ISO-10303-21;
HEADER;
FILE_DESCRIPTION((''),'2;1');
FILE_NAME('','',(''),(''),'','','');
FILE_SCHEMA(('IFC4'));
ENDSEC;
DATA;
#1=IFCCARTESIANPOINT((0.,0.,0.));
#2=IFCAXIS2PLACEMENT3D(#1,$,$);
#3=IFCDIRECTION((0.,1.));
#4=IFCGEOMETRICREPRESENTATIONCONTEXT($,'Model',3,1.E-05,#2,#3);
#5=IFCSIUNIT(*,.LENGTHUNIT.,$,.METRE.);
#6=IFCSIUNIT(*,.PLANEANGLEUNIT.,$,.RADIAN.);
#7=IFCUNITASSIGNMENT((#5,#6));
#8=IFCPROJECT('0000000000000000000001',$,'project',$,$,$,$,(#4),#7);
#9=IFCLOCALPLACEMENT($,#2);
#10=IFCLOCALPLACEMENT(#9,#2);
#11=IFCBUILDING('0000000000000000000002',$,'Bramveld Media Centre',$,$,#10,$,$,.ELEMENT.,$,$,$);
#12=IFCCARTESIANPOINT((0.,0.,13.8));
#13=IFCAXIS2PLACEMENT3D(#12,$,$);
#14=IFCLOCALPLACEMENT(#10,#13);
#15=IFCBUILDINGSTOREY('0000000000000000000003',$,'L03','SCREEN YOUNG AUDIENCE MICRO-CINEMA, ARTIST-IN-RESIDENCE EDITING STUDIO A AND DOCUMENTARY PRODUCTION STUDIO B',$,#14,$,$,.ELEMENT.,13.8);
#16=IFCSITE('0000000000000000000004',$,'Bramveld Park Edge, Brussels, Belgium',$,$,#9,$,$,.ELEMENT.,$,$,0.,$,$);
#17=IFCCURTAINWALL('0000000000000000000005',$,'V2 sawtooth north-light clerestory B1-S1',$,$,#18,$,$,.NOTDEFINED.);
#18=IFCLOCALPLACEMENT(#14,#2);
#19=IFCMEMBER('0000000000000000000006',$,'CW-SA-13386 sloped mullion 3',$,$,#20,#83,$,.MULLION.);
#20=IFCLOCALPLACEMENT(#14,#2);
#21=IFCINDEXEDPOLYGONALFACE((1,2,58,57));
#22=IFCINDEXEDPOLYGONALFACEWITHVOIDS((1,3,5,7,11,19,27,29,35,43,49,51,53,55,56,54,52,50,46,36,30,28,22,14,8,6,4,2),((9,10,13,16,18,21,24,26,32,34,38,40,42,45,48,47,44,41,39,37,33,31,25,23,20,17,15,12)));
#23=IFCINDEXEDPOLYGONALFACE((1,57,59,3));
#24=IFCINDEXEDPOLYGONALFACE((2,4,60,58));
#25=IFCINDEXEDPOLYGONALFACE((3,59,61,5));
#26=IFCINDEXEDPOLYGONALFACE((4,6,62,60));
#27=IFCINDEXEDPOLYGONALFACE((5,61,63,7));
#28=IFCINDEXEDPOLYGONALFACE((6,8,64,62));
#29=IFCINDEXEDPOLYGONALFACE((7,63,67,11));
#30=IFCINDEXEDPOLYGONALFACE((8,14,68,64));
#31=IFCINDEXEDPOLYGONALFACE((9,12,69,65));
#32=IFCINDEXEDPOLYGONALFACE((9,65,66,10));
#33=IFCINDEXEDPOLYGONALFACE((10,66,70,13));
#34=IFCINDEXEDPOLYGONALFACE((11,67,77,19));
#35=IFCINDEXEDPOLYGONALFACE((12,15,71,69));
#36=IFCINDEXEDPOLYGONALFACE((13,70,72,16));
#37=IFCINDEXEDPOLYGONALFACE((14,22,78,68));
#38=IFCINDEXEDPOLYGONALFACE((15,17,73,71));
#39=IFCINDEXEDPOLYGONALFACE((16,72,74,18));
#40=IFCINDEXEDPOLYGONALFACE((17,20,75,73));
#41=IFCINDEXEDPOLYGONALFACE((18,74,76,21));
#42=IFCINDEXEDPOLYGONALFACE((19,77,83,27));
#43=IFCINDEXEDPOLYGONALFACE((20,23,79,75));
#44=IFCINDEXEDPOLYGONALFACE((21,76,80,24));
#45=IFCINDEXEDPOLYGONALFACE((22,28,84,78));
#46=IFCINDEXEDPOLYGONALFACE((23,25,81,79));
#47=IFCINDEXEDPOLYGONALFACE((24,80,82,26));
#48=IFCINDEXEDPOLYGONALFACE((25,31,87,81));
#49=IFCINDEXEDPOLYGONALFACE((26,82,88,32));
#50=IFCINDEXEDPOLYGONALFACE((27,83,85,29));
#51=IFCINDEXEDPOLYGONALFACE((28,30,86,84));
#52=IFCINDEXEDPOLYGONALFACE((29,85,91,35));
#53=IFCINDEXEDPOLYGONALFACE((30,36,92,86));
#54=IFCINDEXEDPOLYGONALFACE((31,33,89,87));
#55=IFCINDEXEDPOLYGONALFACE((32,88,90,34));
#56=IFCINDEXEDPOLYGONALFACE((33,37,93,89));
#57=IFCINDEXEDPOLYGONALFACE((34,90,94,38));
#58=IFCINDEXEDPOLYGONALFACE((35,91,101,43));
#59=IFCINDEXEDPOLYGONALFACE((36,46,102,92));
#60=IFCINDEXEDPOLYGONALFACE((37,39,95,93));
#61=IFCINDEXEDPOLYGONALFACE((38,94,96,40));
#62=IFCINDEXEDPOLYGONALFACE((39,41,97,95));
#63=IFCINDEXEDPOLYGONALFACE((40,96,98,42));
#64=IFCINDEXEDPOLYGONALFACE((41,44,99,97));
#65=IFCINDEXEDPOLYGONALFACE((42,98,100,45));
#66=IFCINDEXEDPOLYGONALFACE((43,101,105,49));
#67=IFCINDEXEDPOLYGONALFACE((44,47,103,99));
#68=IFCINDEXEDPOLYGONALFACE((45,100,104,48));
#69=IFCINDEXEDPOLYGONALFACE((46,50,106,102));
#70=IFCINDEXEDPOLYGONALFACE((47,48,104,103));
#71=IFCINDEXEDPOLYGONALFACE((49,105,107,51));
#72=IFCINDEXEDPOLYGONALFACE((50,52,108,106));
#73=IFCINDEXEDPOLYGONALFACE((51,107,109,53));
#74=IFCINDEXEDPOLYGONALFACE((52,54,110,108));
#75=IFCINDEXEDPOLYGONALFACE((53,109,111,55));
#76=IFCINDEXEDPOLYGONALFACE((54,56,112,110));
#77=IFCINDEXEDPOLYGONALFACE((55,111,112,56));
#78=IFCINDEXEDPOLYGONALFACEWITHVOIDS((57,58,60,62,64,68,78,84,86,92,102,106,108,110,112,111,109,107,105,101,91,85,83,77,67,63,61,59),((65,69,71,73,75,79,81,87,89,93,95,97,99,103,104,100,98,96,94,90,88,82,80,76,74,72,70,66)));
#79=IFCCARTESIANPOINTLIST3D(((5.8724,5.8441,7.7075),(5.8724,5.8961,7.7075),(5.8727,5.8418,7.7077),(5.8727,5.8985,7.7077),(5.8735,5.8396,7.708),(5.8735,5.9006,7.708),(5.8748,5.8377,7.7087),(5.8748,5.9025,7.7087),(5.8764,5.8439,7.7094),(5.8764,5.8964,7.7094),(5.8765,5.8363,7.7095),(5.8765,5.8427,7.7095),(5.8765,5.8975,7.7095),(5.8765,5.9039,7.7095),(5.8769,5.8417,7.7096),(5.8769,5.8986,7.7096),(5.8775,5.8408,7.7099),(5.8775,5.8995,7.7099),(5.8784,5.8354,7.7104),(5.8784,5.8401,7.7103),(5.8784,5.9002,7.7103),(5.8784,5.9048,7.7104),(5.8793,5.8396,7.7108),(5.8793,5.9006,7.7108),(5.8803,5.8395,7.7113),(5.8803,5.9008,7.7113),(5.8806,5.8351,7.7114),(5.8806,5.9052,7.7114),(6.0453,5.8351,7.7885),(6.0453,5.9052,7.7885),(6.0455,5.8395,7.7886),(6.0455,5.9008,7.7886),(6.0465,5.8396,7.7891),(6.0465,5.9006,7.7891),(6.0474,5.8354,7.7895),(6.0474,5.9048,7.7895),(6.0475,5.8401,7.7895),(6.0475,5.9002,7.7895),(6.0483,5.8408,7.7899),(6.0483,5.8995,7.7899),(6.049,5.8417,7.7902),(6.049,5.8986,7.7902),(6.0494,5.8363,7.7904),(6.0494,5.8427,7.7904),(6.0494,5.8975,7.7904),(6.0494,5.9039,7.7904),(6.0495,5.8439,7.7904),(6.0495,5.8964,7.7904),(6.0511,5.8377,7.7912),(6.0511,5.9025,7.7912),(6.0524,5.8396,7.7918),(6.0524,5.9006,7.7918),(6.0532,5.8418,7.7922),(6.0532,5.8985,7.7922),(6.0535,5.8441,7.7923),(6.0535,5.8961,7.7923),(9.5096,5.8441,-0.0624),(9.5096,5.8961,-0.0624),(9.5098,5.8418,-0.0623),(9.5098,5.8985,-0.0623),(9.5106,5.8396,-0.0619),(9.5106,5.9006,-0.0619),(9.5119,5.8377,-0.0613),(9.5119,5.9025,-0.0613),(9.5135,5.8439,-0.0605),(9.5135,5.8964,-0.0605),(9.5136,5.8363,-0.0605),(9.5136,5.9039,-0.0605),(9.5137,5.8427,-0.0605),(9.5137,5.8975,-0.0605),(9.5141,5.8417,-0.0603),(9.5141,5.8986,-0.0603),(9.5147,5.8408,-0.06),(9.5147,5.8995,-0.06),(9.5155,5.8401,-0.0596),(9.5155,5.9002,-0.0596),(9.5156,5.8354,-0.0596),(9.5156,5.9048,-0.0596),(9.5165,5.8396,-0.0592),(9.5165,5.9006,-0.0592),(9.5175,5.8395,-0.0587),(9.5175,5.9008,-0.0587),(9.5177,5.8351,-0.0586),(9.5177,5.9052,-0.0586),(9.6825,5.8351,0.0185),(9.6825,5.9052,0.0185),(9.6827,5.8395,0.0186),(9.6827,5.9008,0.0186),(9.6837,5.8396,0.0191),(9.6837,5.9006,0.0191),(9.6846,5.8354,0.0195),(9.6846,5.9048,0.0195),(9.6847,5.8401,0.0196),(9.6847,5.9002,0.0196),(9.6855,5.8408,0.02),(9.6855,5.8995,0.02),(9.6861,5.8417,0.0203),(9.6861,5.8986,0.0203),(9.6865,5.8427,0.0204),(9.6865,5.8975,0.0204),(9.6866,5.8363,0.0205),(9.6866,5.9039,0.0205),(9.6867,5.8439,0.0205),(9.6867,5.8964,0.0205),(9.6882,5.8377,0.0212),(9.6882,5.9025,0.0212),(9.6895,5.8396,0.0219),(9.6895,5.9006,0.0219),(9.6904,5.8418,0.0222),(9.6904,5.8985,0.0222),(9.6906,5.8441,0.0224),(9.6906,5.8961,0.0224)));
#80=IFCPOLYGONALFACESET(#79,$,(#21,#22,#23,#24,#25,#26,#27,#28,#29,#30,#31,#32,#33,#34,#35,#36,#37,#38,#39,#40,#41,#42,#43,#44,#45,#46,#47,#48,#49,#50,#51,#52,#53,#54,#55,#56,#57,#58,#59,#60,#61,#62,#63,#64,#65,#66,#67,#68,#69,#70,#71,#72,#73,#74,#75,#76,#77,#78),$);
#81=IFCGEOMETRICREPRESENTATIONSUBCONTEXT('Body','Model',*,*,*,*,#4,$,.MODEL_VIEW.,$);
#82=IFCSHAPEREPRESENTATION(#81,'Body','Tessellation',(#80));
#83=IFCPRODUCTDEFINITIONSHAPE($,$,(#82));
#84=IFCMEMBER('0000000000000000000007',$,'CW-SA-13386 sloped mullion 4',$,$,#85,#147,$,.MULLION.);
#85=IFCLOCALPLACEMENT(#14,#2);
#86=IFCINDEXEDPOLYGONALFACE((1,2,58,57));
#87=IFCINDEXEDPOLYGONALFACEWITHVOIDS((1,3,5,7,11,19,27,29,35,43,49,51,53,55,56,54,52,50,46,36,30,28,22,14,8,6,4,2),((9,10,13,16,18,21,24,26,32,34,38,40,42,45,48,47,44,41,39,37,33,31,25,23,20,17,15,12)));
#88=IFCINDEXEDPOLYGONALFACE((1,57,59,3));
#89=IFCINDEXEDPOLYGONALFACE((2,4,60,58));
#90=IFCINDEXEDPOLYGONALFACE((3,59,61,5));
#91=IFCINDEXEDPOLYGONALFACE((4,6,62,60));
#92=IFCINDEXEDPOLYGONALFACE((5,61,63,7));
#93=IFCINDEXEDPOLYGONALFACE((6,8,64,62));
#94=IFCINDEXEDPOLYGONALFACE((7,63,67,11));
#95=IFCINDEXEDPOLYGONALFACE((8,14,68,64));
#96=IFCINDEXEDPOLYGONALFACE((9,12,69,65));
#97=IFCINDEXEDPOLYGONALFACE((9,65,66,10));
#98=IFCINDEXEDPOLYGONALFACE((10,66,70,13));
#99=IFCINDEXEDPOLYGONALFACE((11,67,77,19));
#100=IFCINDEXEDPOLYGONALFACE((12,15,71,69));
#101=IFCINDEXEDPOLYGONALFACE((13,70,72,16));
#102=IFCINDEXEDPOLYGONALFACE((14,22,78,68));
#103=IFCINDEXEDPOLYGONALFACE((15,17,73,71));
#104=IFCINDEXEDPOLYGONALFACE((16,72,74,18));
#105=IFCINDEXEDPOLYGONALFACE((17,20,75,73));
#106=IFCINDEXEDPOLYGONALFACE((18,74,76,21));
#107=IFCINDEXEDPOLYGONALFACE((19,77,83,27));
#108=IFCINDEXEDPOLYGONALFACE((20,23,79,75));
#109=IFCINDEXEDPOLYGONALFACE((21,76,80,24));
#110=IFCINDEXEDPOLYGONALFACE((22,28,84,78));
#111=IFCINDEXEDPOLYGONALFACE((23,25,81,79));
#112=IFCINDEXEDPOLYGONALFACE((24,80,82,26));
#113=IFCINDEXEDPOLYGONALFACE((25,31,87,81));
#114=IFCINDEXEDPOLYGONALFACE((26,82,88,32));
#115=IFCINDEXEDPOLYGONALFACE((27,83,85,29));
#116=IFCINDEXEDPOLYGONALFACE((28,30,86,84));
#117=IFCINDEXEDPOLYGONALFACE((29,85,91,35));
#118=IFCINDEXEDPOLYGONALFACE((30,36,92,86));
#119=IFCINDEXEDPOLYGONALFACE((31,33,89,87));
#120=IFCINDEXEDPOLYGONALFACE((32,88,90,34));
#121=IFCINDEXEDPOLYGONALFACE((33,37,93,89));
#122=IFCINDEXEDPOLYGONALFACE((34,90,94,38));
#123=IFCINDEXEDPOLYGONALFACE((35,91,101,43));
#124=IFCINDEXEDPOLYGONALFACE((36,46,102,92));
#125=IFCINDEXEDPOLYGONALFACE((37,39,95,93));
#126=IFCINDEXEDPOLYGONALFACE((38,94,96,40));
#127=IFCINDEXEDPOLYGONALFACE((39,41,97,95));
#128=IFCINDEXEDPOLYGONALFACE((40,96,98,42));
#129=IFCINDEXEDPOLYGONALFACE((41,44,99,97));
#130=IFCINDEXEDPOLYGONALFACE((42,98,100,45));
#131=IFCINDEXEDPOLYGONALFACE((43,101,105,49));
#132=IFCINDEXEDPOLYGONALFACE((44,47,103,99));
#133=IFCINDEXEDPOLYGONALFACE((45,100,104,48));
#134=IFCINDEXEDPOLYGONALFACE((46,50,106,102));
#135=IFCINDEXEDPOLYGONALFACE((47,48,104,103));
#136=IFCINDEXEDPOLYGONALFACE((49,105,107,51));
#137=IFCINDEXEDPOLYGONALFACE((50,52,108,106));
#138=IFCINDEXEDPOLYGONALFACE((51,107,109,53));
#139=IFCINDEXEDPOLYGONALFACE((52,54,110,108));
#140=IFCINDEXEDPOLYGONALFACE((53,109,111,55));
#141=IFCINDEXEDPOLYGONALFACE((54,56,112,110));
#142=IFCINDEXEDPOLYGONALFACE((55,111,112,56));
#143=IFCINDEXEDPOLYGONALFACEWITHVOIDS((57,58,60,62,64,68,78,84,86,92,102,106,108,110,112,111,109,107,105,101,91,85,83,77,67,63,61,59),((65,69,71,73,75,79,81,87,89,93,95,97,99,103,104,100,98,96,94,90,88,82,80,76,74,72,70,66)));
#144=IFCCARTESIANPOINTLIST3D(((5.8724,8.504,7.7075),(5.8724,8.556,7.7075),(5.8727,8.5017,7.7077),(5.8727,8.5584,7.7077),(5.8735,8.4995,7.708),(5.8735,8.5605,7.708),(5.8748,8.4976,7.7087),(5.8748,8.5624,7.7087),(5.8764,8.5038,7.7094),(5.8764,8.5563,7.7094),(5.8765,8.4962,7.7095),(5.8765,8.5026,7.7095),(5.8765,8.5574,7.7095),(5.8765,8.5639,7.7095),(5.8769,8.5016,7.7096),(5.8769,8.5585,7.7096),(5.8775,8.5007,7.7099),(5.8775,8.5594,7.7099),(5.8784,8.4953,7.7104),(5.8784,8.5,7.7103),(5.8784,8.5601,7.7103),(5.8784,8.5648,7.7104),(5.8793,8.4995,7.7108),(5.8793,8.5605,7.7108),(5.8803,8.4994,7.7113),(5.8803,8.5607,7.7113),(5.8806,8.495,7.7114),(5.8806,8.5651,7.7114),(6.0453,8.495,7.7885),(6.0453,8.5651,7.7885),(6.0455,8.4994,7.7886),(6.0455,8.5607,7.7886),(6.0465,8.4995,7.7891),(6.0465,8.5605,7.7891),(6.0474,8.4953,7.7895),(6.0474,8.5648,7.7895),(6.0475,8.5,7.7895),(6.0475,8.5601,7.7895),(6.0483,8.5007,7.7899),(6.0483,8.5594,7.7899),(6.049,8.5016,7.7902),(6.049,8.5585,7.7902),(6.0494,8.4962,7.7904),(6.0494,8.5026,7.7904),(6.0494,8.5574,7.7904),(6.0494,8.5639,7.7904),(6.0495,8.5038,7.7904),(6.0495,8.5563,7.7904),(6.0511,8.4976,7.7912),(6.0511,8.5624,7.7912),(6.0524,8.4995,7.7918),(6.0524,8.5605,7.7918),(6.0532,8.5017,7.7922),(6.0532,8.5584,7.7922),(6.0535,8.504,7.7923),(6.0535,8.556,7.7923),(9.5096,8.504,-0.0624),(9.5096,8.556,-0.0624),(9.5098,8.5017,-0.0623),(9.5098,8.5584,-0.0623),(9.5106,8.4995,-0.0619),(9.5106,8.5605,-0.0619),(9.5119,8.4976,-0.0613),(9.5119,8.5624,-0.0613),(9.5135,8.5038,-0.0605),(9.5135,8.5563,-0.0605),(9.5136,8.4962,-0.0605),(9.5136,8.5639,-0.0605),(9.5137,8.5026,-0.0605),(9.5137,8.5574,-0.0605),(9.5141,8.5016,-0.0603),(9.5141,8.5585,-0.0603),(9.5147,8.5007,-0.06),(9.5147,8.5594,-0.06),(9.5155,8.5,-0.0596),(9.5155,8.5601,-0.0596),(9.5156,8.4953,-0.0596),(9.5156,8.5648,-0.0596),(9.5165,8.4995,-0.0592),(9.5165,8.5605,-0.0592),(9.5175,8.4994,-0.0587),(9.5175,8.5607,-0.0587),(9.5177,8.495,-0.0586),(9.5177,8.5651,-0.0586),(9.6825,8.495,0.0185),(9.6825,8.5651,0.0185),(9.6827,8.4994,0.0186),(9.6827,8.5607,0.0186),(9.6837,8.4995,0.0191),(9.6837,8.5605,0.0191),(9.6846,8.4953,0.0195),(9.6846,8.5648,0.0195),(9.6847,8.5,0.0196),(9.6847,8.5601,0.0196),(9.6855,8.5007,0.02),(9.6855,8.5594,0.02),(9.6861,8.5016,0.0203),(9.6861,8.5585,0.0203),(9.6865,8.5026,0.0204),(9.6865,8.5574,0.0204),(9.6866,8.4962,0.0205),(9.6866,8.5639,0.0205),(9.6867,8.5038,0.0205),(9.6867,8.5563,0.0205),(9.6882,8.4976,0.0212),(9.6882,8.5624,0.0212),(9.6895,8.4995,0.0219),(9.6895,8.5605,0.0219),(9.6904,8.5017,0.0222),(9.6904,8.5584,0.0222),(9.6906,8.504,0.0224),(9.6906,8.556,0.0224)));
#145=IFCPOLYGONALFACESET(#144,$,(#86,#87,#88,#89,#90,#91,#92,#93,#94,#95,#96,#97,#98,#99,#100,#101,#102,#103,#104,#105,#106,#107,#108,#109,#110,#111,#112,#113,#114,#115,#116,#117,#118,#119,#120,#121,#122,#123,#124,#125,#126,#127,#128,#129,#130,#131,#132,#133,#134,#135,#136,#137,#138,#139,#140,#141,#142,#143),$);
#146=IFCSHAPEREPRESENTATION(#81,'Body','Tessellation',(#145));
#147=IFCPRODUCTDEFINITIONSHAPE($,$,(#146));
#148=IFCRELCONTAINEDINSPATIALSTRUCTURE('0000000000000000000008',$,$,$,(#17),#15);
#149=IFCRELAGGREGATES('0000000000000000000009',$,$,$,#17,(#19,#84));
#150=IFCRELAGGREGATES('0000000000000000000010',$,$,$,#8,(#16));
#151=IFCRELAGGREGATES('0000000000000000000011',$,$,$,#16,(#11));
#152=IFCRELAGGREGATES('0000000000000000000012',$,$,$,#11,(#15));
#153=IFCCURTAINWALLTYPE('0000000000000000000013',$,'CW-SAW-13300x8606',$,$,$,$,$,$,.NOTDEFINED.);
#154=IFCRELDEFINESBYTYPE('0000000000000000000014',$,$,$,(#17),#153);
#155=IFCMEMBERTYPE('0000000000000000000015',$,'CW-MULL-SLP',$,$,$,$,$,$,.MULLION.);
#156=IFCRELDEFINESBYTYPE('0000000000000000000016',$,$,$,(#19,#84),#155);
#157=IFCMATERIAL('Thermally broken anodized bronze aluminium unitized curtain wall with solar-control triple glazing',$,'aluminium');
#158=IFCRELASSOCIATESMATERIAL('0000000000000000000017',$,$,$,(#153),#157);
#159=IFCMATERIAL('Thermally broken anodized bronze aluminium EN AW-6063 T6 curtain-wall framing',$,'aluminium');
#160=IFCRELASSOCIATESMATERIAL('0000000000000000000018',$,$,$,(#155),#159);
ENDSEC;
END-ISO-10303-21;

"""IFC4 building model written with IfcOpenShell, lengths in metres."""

from ifc_helpers import new_model, si_unit, direction, frame, origin, origin_2d, place, context, subcontext, project, spatial, hollow_rectangle, extrude, material, material_profile, profile_set, type_object, element, aggregate, save


model = new_model("IFC4")

# Units and contexts
model_context = context("Model", 3, precision=1e-05, world=origin(), true_north=direction((0.0, 1.0)))
body_context = subcontext(model_context, "Body", "Model", "MODEL_VIEW")
ifc_project = project(units=[si_unit("LENGTHUNIT", "METRE"), si_unit("PLANEANGLEUNIT", "RADIAN")], contexts=[model_context])

# Site, building, storey
site_placement = place(None, origin())
site = spatial("IfcSite", under=ifc_project, at=site_placement, Name="Bramveld Park Edge, Brussels, Belgium", CompositionType="ELEMENT", RefElevation=0.0)
building_placement = place(site_placement, origin())
building = spatial("IfcBuilding", under=site, at=building_placement, Name="Bramveld Media Centre", CompositionType="ELEMENT")
storey_placement = place(building_placement, frame((0.0, 0.0, 13.8)))
storey = spatial("IfcBuildingStorey", under=building, at=storey_placement, Name="L03", Description="SCREEN YOUNG AUDIENCE MICRO-CINEMA, ARTIST-IN-RESIDENCE EDITING STUDIO A AND DOCUMENTARY PRODUCTION STUDIO B", CompositionType="ELEMENT", Elevation=13.8)

# Curtain wall, members
ifc_material_1 = material(Name="Thermally broken anodized bronze aluminium unitized curtain wall with solar-control triple glazing", Category="aluminium")
curtain_wall_type = type_object("IfcCurtainWallType", Name="CW-SAW-13300x8606", PredefinedType="NOTDEFINED", material=ifc_material_1)
curtain_wall_1_placement = place(storey_placement, origin())
curtain_wall_1 = element("IfcCurtainWall", 1, at=curtain_wall_1_placement, inside=storey, type_object=curtain_wall_type, Name="V2 sawtooth north-light clerestory B1-S1", PredefinedType="NOTDEFINED")
ifc_material_2 = material(Name="Thermally broken anodized bronze aluminium EN AW-6063 T6 curtain-wall framing", Category="aluminium")
ifc_material_profile_1 = material_profile(ifc_material_2, hollow_rectangle(XDim=0.0701, YDim=0.2, WallThickness=0.0044, InnerFilletRadius=0.0044, OuterFilletRadius=0.009, at=origin_2d()), Name="AL-MULL 70x200")
ifc_profile_set_1 = profile_set([ifc_material_profile_1], Name="Thermally broken anodized bronze aluminium EN AW-6063 T6 curtain-wall framing")
member_type_1 = type_object("IfcMemberType", Name="CW-MULL-SLP", PredefinedType="MULLION", material=ifc_profile_set_1)
member_1_placement = place(storey_placement, frame((9.6001, 5.8701, -0.02), z_axis=(-0.423957, 0.0, 0.905682), x_axis=(0.0, -1.0, 0.0)))
member_1 = element("IfcMember", 2, at=member_1_placement, type_object=member_type_1, Name="CW-SA-13386 sloped mullion 3", PredefinedType="MULLION", context=body_context, shape_type="SweptSolid", body=[
    extrude(hollow_rectangle(XDim=0.0701, YDim=0.2, WallThickness=0.0044, InnerFilletRadius=0.0044, OuterFilletRadius=0.009, at=origin_2d()), origin(), (0.0, 0.0, 1.0), 8.5791),
])
member_2_placement = place(storey_placement, frame((9.6001, 8.53, -0.02), z_axis=(-0.423957, 0.0, 0.905682), x_axis=(0.0, -1.0, 0.0)))
member_2 = element("IfcMember", 3, at=member_2_placement, type_object=member_type_1, Name="CW-SA-13386 sloped mullion 4", PredefinedType="MULLION", context=body_context, shape_type="SweptSolid", body=[
    extrude(hollow_rectangle(XDim=0.0701, YDim=0.2, WallThickness=0.0044, InnerFilletRadius=0.0044, OuterFilletRadius=0.009, at=origin_2d()), origin(), (0.0, 0.0, 1.0), 8.5791),
])

aggregate(curtain_wall_1, [member_1, member_2])

save(model, "model.ifc")
